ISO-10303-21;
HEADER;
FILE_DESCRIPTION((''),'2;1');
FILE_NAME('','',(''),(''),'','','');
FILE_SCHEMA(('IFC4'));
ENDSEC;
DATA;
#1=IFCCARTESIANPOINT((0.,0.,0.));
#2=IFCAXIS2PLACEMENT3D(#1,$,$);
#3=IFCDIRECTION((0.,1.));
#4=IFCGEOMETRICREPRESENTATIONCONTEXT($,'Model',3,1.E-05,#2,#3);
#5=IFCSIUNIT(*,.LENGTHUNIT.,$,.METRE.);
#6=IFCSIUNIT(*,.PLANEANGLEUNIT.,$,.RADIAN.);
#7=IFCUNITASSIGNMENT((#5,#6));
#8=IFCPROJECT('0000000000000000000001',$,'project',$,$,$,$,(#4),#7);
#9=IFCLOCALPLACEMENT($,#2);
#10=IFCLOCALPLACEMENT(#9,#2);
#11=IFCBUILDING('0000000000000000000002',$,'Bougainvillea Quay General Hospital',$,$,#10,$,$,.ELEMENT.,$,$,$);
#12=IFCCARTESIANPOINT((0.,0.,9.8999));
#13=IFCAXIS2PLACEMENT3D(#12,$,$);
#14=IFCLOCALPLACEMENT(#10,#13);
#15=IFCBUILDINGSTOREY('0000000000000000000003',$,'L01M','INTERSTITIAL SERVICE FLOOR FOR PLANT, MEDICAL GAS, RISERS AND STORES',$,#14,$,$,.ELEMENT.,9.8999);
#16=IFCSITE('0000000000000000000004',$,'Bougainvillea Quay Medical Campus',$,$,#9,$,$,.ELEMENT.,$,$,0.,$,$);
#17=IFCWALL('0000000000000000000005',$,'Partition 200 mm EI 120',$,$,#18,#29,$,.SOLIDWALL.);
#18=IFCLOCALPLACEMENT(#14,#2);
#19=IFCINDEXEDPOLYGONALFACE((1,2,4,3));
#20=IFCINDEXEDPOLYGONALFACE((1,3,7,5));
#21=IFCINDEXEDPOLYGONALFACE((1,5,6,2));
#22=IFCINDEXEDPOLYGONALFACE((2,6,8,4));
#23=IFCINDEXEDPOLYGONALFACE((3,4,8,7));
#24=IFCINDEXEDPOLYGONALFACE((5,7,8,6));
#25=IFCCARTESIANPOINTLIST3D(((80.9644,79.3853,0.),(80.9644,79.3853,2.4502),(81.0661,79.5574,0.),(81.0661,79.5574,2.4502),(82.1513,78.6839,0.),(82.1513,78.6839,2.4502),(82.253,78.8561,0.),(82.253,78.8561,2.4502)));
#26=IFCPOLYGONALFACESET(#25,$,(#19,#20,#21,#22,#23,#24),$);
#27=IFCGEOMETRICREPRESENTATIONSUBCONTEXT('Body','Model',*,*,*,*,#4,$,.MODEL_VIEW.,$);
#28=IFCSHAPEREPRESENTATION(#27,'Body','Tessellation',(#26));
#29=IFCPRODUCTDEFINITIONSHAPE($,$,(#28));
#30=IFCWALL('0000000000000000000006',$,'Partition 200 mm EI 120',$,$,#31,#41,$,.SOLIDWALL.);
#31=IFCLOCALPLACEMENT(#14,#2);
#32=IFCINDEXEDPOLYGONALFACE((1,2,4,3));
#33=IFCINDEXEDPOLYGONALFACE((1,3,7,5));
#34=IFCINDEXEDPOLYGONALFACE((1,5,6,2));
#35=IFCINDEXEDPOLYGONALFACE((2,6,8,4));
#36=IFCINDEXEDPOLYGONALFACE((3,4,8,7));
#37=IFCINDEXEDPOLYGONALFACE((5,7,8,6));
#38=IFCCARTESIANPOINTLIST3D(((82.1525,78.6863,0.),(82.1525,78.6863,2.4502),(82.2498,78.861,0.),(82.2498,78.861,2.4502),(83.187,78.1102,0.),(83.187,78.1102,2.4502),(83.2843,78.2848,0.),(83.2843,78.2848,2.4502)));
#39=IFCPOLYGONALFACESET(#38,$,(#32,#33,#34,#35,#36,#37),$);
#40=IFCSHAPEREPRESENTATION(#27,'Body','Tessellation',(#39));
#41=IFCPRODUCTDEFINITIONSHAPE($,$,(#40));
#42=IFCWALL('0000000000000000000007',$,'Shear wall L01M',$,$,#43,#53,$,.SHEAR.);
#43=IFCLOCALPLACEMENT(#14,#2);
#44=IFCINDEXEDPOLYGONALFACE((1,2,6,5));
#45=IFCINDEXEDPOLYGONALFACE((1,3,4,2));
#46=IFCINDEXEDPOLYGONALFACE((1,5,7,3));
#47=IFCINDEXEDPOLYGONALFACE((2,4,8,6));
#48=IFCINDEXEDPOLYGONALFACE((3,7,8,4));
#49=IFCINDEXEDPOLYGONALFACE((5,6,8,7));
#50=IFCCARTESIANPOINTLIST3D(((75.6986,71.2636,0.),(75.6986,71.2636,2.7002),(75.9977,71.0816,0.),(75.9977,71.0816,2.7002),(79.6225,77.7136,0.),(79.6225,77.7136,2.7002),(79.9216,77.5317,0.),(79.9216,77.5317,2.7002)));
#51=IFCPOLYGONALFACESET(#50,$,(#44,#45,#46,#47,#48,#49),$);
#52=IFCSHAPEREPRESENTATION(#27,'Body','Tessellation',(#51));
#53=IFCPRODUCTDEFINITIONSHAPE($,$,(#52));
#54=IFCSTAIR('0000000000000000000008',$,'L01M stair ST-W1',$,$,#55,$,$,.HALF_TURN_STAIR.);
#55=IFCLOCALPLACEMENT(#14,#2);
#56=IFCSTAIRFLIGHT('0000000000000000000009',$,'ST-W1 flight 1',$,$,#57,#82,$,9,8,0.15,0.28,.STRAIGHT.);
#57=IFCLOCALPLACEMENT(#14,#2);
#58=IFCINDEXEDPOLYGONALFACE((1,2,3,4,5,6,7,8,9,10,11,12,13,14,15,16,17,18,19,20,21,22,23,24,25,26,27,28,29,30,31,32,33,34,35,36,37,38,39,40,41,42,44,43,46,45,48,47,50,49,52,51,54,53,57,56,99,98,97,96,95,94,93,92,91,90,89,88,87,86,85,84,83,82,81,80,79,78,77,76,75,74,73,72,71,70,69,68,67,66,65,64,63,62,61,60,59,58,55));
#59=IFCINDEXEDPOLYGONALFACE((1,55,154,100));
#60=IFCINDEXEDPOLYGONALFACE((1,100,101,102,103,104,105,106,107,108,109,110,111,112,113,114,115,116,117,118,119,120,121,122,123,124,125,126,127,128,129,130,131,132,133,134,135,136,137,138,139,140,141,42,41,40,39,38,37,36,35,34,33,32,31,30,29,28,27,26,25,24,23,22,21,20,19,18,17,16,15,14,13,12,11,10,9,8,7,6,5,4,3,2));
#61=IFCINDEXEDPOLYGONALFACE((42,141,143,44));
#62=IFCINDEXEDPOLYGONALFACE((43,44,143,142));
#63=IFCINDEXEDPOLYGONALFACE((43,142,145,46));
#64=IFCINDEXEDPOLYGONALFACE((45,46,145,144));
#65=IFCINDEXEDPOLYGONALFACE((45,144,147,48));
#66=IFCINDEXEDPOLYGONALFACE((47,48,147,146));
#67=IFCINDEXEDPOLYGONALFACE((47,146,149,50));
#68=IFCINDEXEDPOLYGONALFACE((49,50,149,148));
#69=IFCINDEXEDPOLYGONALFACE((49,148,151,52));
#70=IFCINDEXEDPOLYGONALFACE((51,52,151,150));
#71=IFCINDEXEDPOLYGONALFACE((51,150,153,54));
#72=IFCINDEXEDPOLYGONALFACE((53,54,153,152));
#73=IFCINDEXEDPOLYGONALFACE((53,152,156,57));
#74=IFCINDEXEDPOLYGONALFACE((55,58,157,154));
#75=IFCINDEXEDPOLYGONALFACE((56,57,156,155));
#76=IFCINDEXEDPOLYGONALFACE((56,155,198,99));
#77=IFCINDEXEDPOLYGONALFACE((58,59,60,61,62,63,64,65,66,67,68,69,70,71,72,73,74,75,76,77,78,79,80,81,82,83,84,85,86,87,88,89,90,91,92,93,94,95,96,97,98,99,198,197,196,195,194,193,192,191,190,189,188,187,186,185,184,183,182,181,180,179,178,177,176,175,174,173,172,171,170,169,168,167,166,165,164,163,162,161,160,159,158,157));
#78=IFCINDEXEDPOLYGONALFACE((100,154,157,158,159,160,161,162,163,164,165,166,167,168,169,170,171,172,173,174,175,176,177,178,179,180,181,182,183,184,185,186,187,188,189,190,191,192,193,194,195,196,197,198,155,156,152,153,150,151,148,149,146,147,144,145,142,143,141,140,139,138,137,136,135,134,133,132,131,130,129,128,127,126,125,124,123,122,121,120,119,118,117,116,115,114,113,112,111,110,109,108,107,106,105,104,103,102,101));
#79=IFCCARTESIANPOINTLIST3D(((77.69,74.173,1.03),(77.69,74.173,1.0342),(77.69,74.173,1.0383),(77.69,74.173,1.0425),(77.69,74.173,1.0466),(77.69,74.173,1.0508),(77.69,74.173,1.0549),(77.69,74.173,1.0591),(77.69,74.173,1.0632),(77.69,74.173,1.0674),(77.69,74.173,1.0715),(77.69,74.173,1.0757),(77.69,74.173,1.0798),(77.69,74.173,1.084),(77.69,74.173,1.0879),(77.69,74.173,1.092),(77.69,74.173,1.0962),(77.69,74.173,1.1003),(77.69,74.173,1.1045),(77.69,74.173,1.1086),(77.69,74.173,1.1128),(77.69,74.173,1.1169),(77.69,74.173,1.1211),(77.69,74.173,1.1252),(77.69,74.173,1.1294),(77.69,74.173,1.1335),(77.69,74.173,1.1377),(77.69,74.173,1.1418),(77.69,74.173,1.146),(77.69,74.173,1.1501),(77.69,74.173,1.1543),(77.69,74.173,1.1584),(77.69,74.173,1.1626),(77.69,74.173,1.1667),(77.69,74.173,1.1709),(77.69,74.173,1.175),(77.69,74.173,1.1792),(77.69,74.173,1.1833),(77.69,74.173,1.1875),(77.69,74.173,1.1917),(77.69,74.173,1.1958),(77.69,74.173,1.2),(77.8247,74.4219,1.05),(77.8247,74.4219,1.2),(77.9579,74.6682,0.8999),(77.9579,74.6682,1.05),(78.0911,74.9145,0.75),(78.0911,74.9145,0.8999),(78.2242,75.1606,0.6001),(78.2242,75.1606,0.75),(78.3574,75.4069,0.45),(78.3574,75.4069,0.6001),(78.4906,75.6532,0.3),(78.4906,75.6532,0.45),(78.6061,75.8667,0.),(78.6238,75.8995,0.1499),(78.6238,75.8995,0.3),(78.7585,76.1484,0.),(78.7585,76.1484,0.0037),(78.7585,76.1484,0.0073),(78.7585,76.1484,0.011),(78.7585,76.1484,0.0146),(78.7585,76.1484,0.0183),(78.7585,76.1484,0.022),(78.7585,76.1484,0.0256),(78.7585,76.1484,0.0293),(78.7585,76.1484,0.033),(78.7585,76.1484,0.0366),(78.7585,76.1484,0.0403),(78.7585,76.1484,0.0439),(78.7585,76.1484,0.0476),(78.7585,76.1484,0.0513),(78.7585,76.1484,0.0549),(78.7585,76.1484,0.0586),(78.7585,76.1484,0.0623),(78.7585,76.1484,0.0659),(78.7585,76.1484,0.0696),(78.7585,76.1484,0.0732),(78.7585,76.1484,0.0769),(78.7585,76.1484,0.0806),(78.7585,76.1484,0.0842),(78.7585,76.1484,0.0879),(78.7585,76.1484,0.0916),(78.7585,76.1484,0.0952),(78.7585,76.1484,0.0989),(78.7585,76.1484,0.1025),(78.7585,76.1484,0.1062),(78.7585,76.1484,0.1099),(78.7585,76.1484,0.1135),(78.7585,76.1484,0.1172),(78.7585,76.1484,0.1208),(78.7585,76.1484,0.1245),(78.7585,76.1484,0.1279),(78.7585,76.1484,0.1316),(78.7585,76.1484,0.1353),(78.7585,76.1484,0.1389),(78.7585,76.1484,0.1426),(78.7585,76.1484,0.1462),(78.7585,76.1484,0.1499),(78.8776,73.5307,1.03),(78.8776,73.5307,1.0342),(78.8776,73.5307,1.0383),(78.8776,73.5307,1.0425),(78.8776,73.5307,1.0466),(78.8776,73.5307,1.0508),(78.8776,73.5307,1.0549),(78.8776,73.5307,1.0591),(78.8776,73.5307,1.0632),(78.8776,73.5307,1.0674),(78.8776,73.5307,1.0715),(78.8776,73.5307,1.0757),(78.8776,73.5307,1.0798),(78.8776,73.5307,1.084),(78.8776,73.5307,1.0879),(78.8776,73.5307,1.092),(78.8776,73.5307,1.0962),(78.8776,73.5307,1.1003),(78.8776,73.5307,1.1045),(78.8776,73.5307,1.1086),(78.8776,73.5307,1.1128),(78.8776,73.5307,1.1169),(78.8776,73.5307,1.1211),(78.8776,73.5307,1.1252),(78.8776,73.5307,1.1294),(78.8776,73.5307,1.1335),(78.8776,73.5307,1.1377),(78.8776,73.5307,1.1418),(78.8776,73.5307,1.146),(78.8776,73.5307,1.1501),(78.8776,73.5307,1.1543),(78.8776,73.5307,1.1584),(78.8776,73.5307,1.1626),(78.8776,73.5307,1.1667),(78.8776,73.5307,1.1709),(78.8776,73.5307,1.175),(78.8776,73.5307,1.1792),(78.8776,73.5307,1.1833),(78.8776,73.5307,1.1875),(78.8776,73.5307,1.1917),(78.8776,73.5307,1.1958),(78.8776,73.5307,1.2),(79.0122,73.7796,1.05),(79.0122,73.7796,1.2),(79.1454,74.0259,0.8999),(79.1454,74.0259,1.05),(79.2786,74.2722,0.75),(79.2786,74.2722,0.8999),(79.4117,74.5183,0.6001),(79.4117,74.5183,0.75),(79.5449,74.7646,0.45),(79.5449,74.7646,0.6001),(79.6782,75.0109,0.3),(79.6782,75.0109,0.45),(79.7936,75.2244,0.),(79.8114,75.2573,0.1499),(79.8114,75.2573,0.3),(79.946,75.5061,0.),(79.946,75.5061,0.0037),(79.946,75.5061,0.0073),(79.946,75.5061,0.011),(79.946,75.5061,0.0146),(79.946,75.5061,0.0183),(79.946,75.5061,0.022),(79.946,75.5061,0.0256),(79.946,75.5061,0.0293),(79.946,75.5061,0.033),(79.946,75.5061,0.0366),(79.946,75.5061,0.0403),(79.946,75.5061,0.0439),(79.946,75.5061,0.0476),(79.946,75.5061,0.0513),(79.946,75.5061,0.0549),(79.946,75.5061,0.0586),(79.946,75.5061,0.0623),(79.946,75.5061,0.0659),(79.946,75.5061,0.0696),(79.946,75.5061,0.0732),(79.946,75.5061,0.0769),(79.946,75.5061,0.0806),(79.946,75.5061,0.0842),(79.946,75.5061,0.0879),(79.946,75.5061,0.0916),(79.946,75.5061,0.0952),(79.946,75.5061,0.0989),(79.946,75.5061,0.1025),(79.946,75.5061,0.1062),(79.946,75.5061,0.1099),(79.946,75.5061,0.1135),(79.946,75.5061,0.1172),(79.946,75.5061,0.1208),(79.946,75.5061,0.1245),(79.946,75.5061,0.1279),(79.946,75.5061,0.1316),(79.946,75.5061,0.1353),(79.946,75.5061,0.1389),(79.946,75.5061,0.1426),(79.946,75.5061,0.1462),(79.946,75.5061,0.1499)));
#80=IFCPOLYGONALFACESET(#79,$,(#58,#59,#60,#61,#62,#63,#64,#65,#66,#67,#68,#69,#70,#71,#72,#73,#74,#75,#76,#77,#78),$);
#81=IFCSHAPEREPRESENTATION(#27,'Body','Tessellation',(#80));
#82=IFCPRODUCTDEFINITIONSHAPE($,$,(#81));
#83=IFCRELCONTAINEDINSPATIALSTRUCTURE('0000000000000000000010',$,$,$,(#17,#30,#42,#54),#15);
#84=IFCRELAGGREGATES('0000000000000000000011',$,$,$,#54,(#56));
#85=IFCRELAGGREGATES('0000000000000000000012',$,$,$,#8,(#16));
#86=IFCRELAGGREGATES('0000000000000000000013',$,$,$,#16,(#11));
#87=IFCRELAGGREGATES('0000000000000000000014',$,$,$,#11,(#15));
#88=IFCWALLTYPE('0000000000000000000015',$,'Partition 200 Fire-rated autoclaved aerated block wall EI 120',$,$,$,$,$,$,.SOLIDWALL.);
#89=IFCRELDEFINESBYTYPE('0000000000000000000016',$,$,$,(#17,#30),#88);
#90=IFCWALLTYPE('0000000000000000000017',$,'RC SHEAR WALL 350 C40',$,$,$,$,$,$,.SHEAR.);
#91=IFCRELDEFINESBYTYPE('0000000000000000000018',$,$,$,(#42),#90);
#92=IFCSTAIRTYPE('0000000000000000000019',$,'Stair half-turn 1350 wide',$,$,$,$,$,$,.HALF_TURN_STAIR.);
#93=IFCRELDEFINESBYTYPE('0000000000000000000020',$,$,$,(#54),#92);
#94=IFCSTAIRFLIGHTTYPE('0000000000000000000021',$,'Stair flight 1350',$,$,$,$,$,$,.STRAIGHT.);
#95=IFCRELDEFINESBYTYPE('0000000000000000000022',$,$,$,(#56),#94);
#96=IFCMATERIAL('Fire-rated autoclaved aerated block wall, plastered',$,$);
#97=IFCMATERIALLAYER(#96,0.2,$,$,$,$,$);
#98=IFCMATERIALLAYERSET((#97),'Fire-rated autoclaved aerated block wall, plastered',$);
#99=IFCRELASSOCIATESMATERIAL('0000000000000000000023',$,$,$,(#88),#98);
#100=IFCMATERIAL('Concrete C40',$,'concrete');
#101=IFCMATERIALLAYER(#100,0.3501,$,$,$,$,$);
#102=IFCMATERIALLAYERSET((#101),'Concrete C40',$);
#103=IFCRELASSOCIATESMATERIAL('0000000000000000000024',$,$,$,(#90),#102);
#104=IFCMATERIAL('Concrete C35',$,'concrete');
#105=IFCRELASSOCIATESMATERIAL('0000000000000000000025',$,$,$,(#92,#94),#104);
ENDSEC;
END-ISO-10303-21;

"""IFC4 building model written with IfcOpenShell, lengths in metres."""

from ifc_helpers import new_model, si_unit, direction, frame, frame_2d, origin, place, context, subcontext, project, spatial, polyline, rectangle, outline, extrude, material, layer, layer_set, type_object, element, aggregate, save


model = new_model("IFC4")

# Units and contexts
model_context = context("Model", 3, precision=1e-05, world=origin(), true_north=direction((0.0, 1.0)))
body_context = subcontext(model_context, "Body", "Model", "MODEL_VIEW")
ifc_project = project(units=[si_unit("LENGTHUNIT", "METRE"), si_unit("PLANEANGLEUNIT", "RADIAN")], contexts=[model_context])

# Site, building, storey
site_placement = place(None, origin())
site = spatial("IfcSite", under=ifc_project, at=site_placement, Name="Bougainvillea Quay Medical Campus", CompositionType="ELEMENT", RefElevation=0.0)
building_placement = place(site_placement, origin())
building = spatial("IfcBuilding", under=site, at=building_placement, Name="Bougainvillea Quay General Hospital", CompositionType="ELEMENT")
storey_placement = place(building_placement, frame((0.0, 0.0, 9.8999)))
storey = spatial("IfcBuildingStorey", under=building, at=storey_placement, Name="L01M", Description="INTERSTITIAL SERVICE FLOOR FOR PLANT, MEDICAL GAS, RISERS AND STORES", CompositionType="ELEMENT", Elevation=9.8999)

# Shared definitions
ifc_material_1 = material(Name="Fire-rated autoclaved aerated block wall, plastered")
ifc_layer_1 = layer(ifc_material_1, 0.2)
ifc_layer_set_1 = layer_set([ifc_layer_1], Name="Fire-rated autoclaved aerated block wall, plastered")
wall_type_1 = type_object("IfcWallType", Name="Partition 200 Fire-rated autoclaved aerated block wall EI 120", PredefinedType="SOLIDWALL", material=ifc_layer_set_1)

# Walls
wall_1_placement = place(storey_placement, frame((81.0151, 79.4714, 0.0), z_axis=(0.0, 0.0, 1.0), x_axis=(0.860927, -0.508729, 0.0)))
element("IfcWall", 1, at=wall_1_placement, inside=storey, type_object=wall_type_1, Name="Partition 200 mm EI 120", PredefinedType="SOLIDWALL", context=body_context, shape_type="SweptSolid", body=[
    extrude(rectangle(XDim=1.3787, YDim=0.2, at=frame_2d((0.6895, 0.0))), origin(), (0.0, 0.0, 1.0), 2.4502),
])
wall_2_placement = place(storey_placement, frame((82.2012, 78.7737, 0.0), z_axis=(0.0, 0.0, 1.0), x_axis=(0.873622, -0.486605, 0.0)))
element("IfcWall", 2, at=wall_2_placement, inside=storey, type_object=wall_type_1, Name="Partition 200 mm EI 120", PredefinedType="SOLIDWALL", context=body_context, shape_type="SweptSolid", body=[
    extrude(rectangle(XDim=1.1841, YDim=0.2, at=frame_2d((0.592, 0.0))), origin(), (0.0, 0.0, 1.0), 2.4502),
])
ifc_material_2 = material(Name="Concrete C40", Category="concrete")
ifc_layer_2 = layer(ifc_material_2, 0.3501)
ifc_layer_set_2 = layer_set([ifc_layer_2], Name="Concrete C40")
wall_type_2 = type_object("IfcWallType", Name="RC SHEAR WALL 350 C40", PredefinedType="SHEAR", material=ifc_layer_set_2)
wall_3_placement = place(storey_placement, frame((75.8481, 71.1726, 0.0), z_axis=(0.0, 0.0, 1.0), x_axis=(0.519731, 0.85433, 0.0)))
element("IfcWall", 3, at=wall_3_placement, inside=storey, type_object=wall_type_2, Name="Shear wall L01M", PredefinedType="SHEAR", context=body_context, shape_type="SweptSolid", body=[
    extrude(rectangle(XDim=7.5498, YDim=0.3501, at=frame_2d((3.7749, 0.0))), origin(), (0.0, 0.0, 1.0), 2.7002),
])

# Stair, stair flight
ifc_material_3 = material(Name="Concrete C35", Category="concrete")
stair_type = type_object("IfcStairType", Name="Stair half-turn 1350 wide", PredefinedType="HALF_TURN_STAIR", material=ifc_material_3)
stair_placement = place(storey_placement, origin())
stair = element("IfcStair", 4, at=stair_placement, inside=storey, type_object=stair_type, Name="L01M stair ST-W1", PredefinedType="HALF_TURN_STAIR")
stair_flight_type = type_object("IfcStairFlightType", Name="Stair flight 1350", PredefinedType="STRAIGHT", material=ifc_material_3)
stair_flight_1_placement = place(storey_placement, frame((79.3508, 75.8247, 0.0), z_axis=(0.0, 0.0, 1.0), x_axis=(-0.475726, -0.879594, 0.0)))
stair_flight_1 = element("IfcStairFlight", 5, at=stair_flight_1_placement, type_object=stair_flight_type, Name="ST-W1 flight 1", NumberOfRisers=9, NumberOfTreads=8, PredefinedType="STRAIGHT", RiserHeight=0.15, TreadLength=0.28, context=body_context, shape_type="SweptSolid", body=[
    extrude(outline(polyline([(-0.0029, 0.0), (-0.0029, 0.0037), (-0.0029, 0.0073), (-0.0029, 0.011), (-0.0029, 0.0146), (-0.0029, 0.0183), (-0.0029, 0.022), (-0.0029, 0.0256), (-0.0029, 0.0293), (-0.0029, 0.033), (-0.0029, 0.0366), (-0.0029, 0.0403), (-0.0029, 0.0439), (-0.0029, 0.0476), (-0.0029, 0.0513), (-0.0029, 0.0549), (-0.0029, 0.0586), (-0.0029, 0.0623), (-0.0029, 0.0659), (-0.0029, 0.0696), (-0.0029, 0.0732), (-0.0029, 0.0769), (-0.0029, 0.0806), (-0.0029, 0.0842), (-0.0029, 0.0879), (-0.0029, 0.0916), (-0.0029, 0.0952), (-0.0029, 0.0989), (-0.0029, 0.1025), (-0.0029, 0.1062), (-0.0029, 0.1099), (-0.0029, 0.1135), (-0.0029, 0.1172), (-0.0029, 0.1208), (-0.0029, 0.1245), (-0.0029, 0.1279), (-0.0029, 0.1316), (-0.0029, 0.1353), (-0.0029, 0.1389), (-0.0029, 0.1426), (-0.0029, 0.1462), (-0.0029, 0.1499), (0.28, 0.1499), (0.28, 0.3), (0.5601, 0.3), (0.5601, 0.45), (0.8401, 0.45), (0.8401, 0.6001), (1.1201, 0.6001), (1.1201, 0.75), (1.3999, 0.75), (1.3999, 0.8999), (1.6799, 0.8999), (1.6799, 1.05), (1.96, 1.05), (1.96, 1.2), (2.2429, 1.2), (2.2429, 1.1958), (2.2429, 1.1917), (2.2429, 1.1875), (2.2429, 1.1833), (2.2429, 1.1792), (2.2429, 1.175), (2.2429, 1.1709), (2.2429, 1.1667), (2.2429, 1.1626), (2.2429, 1.1584), (2.2429, 1.1543), (2.2429, 1.1501), (2.2429, 1.146), (2.2429, 1.1418), (2.2429, 1.1377), (2.2429, 1.1335), (2.2429, 1.1294), (2.2429, 1.1252), (2.2429, 1.1211), (2.2429, 1.1169), (2.2429, 1.1128), (2.2429, 1.1086), (2.2429, 1.1045), (2.2429, 1.1003), (2.2429, 1.0962), (2.2429, 1.092), (2.2429, 1.0879), (2.2429, 1.084), (2.2429, 1.0798), (2.2429, 1.0757), (2.2429, 1.0715), (2.2429, 1.0674), (2.2429, 1.0632), (2.2429, 1.0591), (2.2429, 1.0549), (2.2429, 1.0508), (2.2429, 1.0466), (2.2429, 1.0425), (2.2429, 1.0383), (2.2429, 1.0342), (2.2429, 1.03), (0.3174, 0.0), (-0.0029, 0.0)])), frame((0.0, 0.675, 0.0), z_axis=(0.0, -1.0, 0.0), x_axis=(1.0, 0.0, 0.0)), (0.0, 0.0, 1.0), 1.3501),
])
aggregate(stair, [stair_flight_1])

save(model, "model.ifc")
